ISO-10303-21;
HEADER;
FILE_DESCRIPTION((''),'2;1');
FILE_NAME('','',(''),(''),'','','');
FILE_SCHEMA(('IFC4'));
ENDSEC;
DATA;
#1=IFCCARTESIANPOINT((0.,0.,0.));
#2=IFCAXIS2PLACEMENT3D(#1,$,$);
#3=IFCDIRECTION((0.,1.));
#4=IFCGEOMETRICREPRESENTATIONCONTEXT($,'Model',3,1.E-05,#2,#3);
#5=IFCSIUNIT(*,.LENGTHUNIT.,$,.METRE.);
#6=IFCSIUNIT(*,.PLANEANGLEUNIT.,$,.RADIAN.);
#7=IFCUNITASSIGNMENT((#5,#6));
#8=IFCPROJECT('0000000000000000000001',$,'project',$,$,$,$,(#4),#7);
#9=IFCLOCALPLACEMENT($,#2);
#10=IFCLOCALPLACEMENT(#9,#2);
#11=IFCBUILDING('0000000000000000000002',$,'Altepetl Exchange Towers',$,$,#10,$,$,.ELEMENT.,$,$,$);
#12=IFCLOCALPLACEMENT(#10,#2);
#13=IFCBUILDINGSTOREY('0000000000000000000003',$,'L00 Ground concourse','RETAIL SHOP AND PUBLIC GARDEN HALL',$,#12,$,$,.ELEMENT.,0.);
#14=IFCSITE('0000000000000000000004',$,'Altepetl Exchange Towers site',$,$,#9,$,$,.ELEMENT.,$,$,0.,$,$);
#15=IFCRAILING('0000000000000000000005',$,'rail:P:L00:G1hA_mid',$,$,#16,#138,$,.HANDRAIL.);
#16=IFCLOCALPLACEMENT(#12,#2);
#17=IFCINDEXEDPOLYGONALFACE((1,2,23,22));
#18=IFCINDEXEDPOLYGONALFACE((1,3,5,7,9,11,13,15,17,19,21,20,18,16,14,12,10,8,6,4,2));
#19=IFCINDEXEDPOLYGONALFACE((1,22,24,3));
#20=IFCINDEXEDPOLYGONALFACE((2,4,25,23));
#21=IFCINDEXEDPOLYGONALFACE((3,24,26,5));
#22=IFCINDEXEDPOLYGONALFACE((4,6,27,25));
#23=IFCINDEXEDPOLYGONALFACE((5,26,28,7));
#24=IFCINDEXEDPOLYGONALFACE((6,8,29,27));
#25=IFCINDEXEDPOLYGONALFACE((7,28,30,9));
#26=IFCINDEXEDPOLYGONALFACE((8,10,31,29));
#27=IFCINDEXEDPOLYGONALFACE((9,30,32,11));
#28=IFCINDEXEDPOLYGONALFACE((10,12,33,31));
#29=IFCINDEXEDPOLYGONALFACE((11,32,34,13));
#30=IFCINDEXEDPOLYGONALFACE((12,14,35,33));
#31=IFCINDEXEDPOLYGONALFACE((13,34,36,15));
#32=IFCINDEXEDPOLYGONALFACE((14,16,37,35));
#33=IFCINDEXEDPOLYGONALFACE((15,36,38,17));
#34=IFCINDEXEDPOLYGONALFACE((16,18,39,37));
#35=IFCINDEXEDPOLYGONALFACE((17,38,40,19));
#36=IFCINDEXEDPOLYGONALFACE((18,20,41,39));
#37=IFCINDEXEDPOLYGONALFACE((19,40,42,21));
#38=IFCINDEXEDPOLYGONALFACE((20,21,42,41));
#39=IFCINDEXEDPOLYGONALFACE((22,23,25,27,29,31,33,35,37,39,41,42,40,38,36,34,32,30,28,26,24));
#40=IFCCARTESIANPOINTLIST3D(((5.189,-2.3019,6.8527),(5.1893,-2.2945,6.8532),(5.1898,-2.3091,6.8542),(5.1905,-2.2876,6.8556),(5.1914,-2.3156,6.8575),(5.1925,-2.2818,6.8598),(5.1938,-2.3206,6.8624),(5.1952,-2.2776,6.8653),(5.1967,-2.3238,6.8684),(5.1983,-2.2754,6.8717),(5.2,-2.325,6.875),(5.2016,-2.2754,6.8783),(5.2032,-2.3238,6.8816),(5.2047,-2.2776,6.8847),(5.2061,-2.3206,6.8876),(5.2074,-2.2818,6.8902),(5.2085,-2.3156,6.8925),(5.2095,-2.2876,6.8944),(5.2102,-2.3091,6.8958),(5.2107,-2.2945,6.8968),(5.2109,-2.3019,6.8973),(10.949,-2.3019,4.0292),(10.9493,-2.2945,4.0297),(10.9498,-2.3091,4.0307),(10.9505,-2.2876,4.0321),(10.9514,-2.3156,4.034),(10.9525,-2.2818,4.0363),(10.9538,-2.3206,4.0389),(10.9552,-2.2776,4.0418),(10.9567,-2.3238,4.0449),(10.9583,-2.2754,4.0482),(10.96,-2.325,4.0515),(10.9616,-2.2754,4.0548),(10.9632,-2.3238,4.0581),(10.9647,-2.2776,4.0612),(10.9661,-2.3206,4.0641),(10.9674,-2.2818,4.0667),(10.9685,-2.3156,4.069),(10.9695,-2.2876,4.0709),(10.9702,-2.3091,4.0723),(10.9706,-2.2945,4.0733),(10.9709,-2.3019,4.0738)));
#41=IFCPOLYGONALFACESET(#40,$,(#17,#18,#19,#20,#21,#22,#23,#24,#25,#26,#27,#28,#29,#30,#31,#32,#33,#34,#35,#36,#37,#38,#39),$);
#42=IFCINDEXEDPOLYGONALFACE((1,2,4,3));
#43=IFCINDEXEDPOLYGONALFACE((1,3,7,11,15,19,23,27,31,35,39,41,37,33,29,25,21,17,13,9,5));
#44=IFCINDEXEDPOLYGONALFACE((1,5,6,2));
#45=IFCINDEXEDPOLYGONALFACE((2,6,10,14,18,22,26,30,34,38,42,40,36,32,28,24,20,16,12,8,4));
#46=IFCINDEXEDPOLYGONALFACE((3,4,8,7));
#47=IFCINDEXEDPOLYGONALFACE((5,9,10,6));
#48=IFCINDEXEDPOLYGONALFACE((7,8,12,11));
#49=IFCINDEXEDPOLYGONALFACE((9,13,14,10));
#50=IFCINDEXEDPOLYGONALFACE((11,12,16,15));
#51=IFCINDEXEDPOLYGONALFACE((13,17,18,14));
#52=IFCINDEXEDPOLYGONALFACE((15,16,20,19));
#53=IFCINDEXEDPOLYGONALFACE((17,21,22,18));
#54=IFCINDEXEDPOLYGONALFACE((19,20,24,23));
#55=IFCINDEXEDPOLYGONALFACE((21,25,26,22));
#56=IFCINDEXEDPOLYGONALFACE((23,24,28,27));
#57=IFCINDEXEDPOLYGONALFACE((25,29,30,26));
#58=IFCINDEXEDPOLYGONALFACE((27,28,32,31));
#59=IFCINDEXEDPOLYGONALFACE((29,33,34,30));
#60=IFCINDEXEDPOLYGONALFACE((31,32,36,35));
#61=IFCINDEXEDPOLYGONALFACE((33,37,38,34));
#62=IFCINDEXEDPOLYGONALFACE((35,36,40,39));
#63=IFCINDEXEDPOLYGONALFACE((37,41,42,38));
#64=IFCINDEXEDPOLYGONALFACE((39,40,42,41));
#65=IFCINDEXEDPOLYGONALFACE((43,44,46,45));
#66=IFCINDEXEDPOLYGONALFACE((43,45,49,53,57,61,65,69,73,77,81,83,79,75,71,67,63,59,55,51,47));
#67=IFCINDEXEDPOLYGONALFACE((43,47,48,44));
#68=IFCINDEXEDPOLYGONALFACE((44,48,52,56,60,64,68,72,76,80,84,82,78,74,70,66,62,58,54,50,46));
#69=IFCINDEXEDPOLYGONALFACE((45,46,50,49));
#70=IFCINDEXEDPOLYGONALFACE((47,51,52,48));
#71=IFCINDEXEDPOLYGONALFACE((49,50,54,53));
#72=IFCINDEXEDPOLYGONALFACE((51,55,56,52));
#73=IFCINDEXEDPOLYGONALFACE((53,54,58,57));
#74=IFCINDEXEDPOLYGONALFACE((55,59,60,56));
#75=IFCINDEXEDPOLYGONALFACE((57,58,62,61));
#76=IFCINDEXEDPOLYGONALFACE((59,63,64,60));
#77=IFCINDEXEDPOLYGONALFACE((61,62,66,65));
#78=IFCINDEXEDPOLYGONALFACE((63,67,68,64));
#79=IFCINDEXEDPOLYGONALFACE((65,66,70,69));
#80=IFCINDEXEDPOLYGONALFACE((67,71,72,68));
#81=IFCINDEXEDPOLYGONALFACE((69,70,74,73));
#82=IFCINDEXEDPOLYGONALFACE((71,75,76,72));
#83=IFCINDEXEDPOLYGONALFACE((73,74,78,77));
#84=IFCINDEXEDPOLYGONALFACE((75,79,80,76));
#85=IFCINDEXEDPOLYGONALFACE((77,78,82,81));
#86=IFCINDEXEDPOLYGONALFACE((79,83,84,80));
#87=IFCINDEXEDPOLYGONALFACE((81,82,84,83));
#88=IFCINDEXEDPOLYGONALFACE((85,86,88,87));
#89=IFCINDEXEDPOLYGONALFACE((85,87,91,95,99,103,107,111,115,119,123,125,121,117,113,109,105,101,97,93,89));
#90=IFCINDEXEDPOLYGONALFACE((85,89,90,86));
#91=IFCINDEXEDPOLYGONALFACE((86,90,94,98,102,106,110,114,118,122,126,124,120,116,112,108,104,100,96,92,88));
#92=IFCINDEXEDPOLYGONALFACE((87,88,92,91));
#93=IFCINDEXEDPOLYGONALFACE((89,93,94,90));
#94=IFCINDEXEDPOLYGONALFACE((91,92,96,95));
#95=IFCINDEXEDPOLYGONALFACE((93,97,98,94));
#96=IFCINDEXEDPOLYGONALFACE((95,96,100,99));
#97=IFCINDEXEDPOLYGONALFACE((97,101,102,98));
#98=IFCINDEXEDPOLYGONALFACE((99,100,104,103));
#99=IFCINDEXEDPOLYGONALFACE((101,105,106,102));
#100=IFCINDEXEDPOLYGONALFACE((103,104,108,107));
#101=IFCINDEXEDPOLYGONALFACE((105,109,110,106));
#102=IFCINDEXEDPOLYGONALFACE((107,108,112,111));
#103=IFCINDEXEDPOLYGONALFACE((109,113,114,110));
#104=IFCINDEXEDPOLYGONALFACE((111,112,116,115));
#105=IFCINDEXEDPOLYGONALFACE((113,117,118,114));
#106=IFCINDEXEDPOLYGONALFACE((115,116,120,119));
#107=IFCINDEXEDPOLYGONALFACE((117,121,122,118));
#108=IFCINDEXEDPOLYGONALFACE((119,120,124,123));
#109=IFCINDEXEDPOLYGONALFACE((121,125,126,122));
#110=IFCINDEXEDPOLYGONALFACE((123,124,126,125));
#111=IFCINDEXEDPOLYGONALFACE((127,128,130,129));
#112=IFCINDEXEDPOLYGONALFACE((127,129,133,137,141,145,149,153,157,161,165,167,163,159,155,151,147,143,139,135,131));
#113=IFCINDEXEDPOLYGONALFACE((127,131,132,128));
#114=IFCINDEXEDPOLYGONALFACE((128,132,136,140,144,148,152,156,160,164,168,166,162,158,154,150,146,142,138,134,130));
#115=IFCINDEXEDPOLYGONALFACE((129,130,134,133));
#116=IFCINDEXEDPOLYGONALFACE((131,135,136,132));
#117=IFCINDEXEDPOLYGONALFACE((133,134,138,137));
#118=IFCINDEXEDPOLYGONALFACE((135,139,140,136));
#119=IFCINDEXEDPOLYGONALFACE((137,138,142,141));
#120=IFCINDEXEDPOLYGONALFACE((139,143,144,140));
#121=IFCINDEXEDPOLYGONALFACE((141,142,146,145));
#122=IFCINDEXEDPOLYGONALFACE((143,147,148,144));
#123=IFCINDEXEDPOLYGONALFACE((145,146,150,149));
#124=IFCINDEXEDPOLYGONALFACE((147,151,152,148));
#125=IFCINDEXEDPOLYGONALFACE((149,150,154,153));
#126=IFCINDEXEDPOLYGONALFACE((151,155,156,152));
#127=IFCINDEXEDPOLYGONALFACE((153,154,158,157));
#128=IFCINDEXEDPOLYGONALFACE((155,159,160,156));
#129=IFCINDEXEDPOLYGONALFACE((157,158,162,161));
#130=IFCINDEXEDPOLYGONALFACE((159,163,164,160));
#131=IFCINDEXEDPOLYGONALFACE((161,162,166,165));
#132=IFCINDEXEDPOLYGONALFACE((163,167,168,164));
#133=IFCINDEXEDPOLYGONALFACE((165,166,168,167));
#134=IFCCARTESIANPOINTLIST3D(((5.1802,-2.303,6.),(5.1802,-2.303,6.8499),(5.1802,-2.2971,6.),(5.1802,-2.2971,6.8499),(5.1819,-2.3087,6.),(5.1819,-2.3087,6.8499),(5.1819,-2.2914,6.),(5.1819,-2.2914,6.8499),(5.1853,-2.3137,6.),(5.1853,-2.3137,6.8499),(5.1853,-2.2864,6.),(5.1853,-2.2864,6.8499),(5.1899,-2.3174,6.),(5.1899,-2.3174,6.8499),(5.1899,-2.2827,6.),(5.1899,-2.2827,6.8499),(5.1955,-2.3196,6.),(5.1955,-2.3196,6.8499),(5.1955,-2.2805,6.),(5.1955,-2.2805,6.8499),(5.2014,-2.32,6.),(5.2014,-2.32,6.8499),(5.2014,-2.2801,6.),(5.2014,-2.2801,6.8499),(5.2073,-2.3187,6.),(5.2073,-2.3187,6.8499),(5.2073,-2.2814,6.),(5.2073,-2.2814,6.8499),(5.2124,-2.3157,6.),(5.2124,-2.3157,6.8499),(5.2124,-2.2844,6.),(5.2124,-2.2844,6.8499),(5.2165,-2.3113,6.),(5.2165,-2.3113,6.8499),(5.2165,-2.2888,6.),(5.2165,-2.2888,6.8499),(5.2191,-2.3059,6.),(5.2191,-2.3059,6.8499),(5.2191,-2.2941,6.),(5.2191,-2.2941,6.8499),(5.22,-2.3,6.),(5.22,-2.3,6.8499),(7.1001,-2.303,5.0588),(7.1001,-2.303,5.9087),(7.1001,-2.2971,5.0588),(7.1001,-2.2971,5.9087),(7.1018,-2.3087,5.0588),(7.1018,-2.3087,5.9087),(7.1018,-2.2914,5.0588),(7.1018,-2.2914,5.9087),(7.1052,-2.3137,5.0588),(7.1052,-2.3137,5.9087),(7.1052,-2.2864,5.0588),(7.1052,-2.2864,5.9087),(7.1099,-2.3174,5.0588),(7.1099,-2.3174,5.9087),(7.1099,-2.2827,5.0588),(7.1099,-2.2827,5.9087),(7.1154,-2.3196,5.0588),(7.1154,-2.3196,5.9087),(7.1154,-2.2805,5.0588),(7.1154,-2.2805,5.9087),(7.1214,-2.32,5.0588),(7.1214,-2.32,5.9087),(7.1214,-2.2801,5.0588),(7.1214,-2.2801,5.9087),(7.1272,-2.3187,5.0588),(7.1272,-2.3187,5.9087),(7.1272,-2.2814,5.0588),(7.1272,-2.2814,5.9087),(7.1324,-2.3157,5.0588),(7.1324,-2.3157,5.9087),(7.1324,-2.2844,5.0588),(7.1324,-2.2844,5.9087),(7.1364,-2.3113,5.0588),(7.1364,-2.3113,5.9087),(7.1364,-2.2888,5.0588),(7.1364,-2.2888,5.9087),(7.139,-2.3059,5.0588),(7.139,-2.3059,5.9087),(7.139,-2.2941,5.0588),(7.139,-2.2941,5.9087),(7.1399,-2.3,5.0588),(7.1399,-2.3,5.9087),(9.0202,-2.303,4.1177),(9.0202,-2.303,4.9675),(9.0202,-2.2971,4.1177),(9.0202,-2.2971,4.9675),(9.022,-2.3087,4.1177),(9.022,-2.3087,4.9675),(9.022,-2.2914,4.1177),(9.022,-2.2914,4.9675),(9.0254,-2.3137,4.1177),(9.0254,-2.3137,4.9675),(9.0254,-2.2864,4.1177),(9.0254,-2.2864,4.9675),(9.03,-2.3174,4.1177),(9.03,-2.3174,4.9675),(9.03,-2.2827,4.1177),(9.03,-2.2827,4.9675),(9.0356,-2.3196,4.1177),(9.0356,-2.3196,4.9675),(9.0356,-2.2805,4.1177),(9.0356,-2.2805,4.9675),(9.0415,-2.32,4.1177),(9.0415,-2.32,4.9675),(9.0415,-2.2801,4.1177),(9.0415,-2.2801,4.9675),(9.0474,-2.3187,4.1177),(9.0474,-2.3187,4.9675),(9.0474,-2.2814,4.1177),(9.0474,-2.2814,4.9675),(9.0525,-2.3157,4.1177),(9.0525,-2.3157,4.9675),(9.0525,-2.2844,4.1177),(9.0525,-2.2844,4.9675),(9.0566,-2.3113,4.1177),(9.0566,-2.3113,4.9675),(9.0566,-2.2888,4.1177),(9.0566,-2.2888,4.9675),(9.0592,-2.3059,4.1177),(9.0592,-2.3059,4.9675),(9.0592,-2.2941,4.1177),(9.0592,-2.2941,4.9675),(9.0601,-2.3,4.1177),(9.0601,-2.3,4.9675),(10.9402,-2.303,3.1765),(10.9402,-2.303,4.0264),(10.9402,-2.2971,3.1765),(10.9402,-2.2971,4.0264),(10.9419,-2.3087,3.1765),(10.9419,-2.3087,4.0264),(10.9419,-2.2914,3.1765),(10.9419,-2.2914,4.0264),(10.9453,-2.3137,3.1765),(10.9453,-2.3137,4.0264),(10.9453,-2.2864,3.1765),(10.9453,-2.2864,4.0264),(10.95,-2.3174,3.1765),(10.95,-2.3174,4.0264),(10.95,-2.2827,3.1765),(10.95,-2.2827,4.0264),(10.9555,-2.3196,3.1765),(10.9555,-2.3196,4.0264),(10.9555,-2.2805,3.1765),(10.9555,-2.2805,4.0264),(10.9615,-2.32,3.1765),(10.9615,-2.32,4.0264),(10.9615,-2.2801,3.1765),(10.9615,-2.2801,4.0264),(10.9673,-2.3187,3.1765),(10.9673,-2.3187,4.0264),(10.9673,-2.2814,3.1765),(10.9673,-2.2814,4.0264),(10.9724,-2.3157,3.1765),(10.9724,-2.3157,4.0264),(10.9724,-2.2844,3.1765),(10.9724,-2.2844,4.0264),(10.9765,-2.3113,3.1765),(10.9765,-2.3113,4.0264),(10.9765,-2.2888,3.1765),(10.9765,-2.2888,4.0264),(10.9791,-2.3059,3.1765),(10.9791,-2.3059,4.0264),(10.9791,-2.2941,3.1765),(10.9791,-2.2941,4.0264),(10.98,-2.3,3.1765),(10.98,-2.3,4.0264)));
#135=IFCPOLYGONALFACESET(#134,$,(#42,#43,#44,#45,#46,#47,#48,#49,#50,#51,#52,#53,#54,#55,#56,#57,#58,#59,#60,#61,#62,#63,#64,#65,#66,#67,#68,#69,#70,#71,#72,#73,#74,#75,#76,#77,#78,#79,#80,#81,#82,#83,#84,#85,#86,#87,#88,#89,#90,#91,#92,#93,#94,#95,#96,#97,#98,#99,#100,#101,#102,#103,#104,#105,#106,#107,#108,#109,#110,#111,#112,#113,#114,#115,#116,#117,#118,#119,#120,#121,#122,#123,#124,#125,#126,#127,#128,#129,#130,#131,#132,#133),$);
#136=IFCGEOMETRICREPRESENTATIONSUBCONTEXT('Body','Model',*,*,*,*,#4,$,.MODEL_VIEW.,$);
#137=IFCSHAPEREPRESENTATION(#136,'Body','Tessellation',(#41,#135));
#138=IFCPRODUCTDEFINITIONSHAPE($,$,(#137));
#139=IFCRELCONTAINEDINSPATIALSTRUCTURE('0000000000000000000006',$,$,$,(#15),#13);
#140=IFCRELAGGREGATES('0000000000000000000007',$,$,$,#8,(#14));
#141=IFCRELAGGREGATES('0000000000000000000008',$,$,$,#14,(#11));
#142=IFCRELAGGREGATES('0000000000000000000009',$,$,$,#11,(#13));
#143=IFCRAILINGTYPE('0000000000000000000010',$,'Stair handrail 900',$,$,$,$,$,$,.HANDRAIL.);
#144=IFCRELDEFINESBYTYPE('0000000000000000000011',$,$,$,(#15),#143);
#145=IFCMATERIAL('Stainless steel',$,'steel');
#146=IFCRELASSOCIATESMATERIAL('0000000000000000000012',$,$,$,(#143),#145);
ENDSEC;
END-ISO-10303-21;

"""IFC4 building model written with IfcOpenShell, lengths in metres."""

from ifc_helpers import new_model, si_unit, direction, frame, origin, origin_2d, place, context, subcontext, project, spatial, circle, extrude, source, transform, mapped, material, type_object, element, save


model = new_model("IFC4")

# Units and contexts
model_context = context("Model", 3, precision=1e-05, world=origin(), true_north=direction((0.0, 1.0)))
body_context = subcontext(model_context, "Body", "Model", "MODEL_VIEW")
ifc_project = project(units=[si_unit("LENGTHUNIT", "METRE"), si_unit("PLANEANGLEUNIT", "RADIAN")], contexts=[model_context])

# Site, building, storey
site_placement = place(None, origin())
site = spatial("IfcSite", under=ifc_project, at=site_placement, Name="Altepetl Exchange Towers site", CompositionType="ELEMENT", RefElevation=0.0)
building_placement = place(site_placement, origin())
building = spatial("IfcBuilding", under=site, at=building_placement, Name="Altepetl Exchange Towers", CompositionType="ELEMENT")
storey_placement = place(building_placement, origin())
storey = spatial("IfcBuildingStorey", under=building, at=storey_placement, Name="L00 Ground concourse", Description="RETAIL SHOP AND PUBLIC GARDEN HALL", CompositionType="ELEMENT", Elevation=0.0)

# Railing
ifc_material_1 = material(Name="Stainless steel", Category="steel")
railing_type_1 = type_object("IfcRailingType", Name="Stair handrail 900", PredefinedType="HANDRAIL", material=ifc_material_1)
shared_shape_1 = source(origin(), body_context, "Body", "SweptSolid", [
    extrude(circle(Radius=0.02, at=origin_2d()), origin(), (0.0, 0.0, 1.0), 0.8499),
])
for number, where, name in (
    (1, (10.96, -2.3, 3.1765), "rail:P:L00:G1hA_mid"),
):
    element("IfcRailing", number, at=place(storey_placement, frame(where)), inside=storey, type_object=railing_type_1, Name=name, PredefinedType="HANDRAIL", context=body_context, shape_type="SweptSolid", body=[
        extrude(circle(Radius=0.0249, at=origin_2d()), frame((0.0, 0.0, 0.875), z_axis=(-0.897924, 0.0, 0.440151), x_axis=(0.0, -1.0, 0.0)), (0.0, 0.0, 1.0), 6.4148),
        mapped(shared_shape_1, transform((0.0, 0.0, 0.0))),
        mapped(shared_shape_1, transform((-1.9199, 0.0, 0.9412))),
        mapped(shared_shape_1, transform((-3.8401, 0.0, 1.8823))),
        mapped(shared_shape_1, transform((-5.76, 0.0, 2.8235))),
    ])

save(model, "model.ifc")
